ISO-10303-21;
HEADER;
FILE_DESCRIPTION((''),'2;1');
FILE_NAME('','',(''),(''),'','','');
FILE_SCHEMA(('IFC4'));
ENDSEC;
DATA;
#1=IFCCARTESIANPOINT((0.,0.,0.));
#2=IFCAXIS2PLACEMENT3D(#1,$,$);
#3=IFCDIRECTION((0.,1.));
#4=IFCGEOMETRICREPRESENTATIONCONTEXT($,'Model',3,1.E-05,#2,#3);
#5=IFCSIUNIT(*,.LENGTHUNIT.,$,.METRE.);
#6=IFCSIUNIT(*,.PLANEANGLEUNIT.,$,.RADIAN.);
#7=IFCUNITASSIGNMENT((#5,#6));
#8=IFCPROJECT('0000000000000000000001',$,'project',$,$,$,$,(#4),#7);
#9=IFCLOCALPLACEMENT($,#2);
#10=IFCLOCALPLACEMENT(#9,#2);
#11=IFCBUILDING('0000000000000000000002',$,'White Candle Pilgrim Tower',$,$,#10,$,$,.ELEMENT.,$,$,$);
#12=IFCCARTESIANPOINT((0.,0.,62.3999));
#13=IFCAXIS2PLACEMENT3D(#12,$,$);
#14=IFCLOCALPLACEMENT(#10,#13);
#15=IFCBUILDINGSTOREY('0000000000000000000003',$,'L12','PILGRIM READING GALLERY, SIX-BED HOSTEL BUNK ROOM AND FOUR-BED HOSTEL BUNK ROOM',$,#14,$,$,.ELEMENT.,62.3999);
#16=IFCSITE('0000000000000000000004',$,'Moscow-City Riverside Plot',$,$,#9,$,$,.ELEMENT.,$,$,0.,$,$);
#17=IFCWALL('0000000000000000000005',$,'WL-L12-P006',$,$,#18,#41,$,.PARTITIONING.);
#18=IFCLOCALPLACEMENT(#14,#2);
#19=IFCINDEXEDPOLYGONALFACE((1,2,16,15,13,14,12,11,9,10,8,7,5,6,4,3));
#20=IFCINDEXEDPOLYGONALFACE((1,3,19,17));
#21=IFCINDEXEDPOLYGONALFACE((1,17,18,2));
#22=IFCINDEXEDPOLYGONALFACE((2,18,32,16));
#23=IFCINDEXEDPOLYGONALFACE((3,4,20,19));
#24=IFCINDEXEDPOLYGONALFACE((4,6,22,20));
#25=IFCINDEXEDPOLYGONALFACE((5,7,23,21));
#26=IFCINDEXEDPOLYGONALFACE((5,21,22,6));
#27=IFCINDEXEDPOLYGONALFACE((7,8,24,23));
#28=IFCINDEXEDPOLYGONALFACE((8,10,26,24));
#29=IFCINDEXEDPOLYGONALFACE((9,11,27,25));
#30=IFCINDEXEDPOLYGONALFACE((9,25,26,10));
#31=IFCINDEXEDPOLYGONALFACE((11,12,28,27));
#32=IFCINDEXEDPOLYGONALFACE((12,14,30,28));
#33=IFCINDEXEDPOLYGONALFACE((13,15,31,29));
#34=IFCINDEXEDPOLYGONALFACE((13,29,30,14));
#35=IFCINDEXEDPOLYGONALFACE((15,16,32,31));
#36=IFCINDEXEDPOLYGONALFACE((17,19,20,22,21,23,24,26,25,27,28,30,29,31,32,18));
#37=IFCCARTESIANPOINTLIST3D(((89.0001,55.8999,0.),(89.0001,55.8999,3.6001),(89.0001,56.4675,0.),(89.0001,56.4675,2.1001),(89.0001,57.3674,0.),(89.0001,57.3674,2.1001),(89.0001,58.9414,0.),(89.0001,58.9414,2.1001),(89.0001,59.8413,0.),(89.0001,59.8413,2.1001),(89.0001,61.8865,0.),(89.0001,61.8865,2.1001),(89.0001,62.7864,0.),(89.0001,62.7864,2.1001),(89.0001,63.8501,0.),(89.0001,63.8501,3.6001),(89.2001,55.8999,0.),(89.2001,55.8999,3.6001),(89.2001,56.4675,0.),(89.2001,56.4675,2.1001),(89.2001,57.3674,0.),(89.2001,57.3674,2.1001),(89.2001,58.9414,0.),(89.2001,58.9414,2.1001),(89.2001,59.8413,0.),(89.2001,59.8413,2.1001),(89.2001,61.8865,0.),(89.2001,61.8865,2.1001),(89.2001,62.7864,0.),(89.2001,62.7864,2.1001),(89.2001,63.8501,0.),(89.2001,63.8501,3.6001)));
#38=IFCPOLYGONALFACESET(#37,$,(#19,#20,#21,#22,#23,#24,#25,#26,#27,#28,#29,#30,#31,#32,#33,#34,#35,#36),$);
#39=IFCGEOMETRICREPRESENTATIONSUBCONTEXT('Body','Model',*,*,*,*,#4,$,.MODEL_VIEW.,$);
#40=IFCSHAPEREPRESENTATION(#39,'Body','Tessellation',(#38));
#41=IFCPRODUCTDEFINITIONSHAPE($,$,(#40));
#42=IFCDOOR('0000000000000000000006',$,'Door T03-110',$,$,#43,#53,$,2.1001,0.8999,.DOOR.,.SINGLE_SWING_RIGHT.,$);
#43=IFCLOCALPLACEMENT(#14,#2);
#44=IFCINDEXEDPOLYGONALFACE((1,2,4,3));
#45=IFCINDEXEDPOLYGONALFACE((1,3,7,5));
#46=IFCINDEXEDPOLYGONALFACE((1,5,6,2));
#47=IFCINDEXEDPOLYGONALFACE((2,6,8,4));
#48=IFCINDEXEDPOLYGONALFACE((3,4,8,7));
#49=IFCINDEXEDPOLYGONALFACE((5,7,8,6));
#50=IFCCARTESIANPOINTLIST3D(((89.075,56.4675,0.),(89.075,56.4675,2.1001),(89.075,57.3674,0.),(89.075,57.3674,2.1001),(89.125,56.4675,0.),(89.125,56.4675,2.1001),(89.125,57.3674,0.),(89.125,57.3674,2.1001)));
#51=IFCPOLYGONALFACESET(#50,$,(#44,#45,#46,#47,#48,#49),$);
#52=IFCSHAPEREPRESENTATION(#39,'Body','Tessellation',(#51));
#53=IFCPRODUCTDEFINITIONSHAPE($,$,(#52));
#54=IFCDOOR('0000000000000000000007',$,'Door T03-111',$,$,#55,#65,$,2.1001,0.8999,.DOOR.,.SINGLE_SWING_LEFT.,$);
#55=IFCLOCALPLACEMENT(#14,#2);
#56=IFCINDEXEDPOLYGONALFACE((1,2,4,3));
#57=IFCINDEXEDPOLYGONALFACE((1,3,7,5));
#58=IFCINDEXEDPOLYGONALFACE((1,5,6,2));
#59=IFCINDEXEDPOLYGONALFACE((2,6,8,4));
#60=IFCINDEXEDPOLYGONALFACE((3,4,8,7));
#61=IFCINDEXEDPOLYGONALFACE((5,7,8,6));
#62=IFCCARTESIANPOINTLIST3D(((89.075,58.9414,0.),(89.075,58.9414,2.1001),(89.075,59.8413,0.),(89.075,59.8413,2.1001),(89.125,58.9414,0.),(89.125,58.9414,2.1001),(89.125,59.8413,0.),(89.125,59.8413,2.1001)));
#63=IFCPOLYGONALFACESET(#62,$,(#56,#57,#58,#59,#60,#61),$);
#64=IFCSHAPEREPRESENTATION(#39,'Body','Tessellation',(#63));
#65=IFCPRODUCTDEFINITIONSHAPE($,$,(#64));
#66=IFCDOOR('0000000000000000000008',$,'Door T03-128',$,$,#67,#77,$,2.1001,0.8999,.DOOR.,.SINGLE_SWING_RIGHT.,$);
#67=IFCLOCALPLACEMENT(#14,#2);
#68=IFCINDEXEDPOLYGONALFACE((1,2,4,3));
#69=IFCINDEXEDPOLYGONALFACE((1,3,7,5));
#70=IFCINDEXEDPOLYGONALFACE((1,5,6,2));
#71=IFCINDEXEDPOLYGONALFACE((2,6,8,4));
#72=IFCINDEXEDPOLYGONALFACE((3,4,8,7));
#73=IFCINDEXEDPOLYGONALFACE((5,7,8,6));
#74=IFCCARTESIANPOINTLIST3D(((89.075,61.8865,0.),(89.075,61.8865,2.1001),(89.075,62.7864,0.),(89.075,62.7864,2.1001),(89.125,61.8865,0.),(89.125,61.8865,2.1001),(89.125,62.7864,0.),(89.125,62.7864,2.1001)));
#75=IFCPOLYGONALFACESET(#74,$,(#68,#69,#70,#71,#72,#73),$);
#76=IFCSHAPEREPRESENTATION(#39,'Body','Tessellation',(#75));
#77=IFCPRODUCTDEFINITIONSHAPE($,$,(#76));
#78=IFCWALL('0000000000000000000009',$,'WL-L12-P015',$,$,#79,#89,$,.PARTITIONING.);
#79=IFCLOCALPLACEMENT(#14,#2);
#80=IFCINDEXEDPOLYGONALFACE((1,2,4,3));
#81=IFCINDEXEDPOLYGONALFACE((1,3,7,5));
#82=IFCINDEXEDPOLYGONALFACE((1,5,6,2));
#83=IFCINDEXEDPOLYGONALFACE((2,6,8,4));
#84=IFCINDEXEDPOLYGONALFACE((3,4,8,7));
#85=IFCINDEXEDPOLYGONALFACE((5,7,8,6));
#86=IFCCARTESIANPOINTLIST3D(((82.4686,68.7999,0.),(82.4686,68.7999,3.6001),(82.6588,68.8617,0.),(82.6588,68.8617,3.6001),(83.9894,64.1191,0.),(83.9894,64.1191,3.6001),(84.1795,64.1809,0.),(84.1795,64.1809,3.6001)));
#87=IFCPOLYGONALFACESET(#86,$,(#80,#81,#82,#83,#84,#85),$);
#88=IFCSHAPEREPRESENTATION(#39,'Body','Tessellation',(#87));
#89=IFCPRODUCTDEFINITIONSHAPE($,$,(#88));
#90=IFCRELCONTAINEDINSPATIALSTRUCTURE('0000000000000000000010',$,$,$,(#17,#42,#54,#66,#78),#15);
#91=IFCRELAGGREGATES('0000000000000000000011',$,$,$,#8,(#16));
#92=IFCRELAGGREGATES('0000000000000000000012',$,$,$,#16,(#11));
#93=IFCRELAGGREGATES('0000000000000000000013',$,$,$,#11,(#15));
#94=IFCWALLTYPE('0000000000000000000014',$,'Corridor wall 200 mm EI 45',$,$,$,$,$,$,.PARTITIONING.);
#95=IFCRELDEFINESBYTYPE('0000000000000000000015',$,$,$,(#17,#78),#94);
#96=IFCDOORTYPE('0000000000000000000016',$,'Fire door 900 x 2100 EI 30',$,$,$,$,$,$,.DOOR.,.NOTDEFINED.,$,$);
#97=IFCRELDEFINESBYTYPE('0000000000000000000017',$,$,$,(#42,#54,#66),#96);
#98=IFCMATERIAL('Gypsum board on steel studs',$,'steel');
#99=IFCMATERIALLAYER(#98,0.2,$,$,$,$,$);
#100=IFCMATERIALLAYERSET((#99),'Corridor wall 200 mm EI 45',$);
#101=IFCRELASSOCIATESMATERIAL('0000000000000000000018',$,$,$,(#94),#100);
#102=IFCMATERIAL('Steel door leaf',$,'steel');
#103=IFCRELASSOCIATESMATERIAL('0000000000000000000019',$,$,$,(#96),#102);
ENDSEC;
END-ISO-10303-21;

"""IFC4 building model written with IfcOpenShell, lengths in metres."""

from ifc_helpers import new_model, si_unit, direction, frame, frame_2d, origin, place, context, subcontext, project, spatial, rectangle, extrude, material, layer, layer_set, type_object, element, fill, save


model = new_model("IFC4")

# Units and contexts
model_context = context("Model", 3, precision=1e-05, world=origin(), true_north=direction((0.0, 1.0)))
body_context = subcontext(model_context, "Body", "Model", "MODEL_VIEW")
ifc_project = project(units=[si_unit("LENGTHUNIT", "METRE"), si_unit("PLANEANGLEUNIT", "RADIAN")], contexts=[model_context])

# Site, building, storey
site_placement = place(None, origin())
site = spatial("IfcSite", under=ifc_project, at=site_placement, Name="Moscow-City Riverside Plot", CompositionType="ELEMENT", RefElevation=0.0)
building_placement = place(site_placement, origin())
building = spatial("IfcBuilding", under=site, at=building_placement, Name="White Candle Pilgrim Tower", CompositionType="ELEMENT")
storey_placement = place(building_placement, frame((0.0, 0.0, 62.3999)))
storey = spatial("IfcBuildingStorey", under=building, at=storey_placement, Name="L12", Description="PILGRIM READING GALLERY, SIX-BED HOSTEL BUNK ROOM AND FOUR-BED HOSTEL BUNK ROOM", CompositionType="ELEMENT", Elevation=62.3999)

# Wall, openings, doors
ifc_material_1 = material(Name="Gypsum board on steel studs", Category="steel")
ifc_layer_1 = layer(ifc_material_1, 0.2)
ifc_layer_set_1 = layer_set([ifc_layer_1], Name="Corridor wall 200 mm EI 45")
wall_type_1 = type_object("IfcWallType", Name="Corridor wall 200 mm EI 45", PredefinedType="PARTITIONING", material=ifc_layer_set_1)
wall_1_placement = place(storey_placement, frame((89.1001, 63.8501, 0.0), z_axis=(0.0, 0.0, 1.0), x_axis=(0.0, -1.0, 0.0)))
wall_1 = element("IfcWall", 1, at=wall_1_placement, inside=storey, type_object=wall_type_1, Name="WL-L12-P006", PredefinedType="PARTITIONING", context=body_context, shape_type="SweptSolid", body=[
    extrude(rectangle(XDim=7.9502, YDim=0.2, at=frame_2d((3.9751, 0.0))), origin(), (0.0, 0.0, 1.0), 3.6001),
])
opening_1_placement = place(wall_1_placement, frame((6.4827, 0.0, 0.0)))
opening_1 = element("IfcOpeningElement", 2, at=opening_1_placement, cuts=wall_1, PredefinedType="OPENING", context=body_context, shape_type="SweptSolid", body=[
    extrude(rectangle(XDim=0.8999, YDim=2.1001, at=frame_2d((0.45, 1.05))), frame((0.0, 0.1099, 0.0), z_axis=(0.0, -1.0, 0.0), x_axis=(1.0, 0.0, 0.0)), (0.0, 0.0, 1.0), 0.22),
])
opening_2_placement = place(wall_1_placement, frame((4.0088, 0.0, 0.0)))
opening_2 = element("IfcOpeningElement", 3, at=opening_2_placement, cuts=wall_1, PredefinedType="OPENING", context=body_context, shape_type="SweptSolid", body=[
    extrude(rectangle(XDim=0.8999, YDim=2.1001, at=frame_2d((0.45, 1.05))), frame((0.0, 0.1099, 0.0), z_axis=(0.0, -1.0, 0.0), x_axis=(1.0, 0.0, 0.0)), (0.0, 0.0, 1.0), 0.22),
])
opening_3_placement = place(wall_1_placement, frame((1.0637, 0.0, 0.0)))
opening_3 = element("IfcOpeningElement", 4, at=opening_3_placement, cuts=wall_1, PredefinedType="OPENING", context=body_context, shape_type="SweptSolid", body=[
    extrude(rectangle(XDim=0.8999, YDim=2.1001, at=frame_2d((0.45, 1.05))), frame((0.0, 0.1099, 0.0), z_axis=(0.0, -1.0, 0.0), x_axis=(1.0, 0.0, 0.0)), (0.0, 0.0, 1.0), 0.22),
])
ifc_material_2 = material(Name="Steel door leaf", Category="steel")
door_type_1 = type_object("IfcDoorType", Name="Fire door 900 x 2100 EI 30", OperationType="NOTDEFINED", PredefinedType="DOOR", material=ifc_material_2)
door_1_placement = place(opening_1_placement, origin())
door_1 = element("IfcDoor", 5, at=door_1_placement, inside=storey, type_object=door_type_1, Name="Door T03-110", OperationType="SINGLE_SWING_RIGHT", OverallHeight=2.1001, OverallWidth=0.8999, PredefinedType="DOOR", context=body_context, shape_type="SweptSolid", body=[
    extrude(rectangle(XDim=0.8999, YDim=2.1001, at=frame_2d((0.45, 1.05))), frame((0.0, 0.0249, 0.0), z_axis=(0.0, -1.0, 0.0), x_axis=(1.0, 0.0, 0.0)), (0.0, 0.0, 1.0), 0.05),
])
fill(opening_1, door_1)
door_2_placement = place(opening_2_placement, origin())
door_2 = element("IfcDoor", 6, at=door_2_placement, inside=storey, type_object=door_type_1, Name="Door T03-111", OperationType="SINGLE_SWING_LEFT", OverallHeight=2.1001, OverallWidth=0.8999, PredefinedType="DOOR", context=body_context, shape_type="SweptSolid", body=[
    extrude(rectangle(XDim=0.8999, YDim=2.1001, at=frame_2d((0.45, 1.05))), frame((0.0, 0.0249, 0.0), z_axis=(0.0, -1.0, 0.0), x_axis=(1.0, 0.0, 0.0)), (0.0, 0.0, 1.0), 0.05),
])
fill(opening_2, door_2)
door_3_placement = place(opening_3_placement, origin())
door_3 = element("IfcDoor", 7, at=door_3_placement, inside=storey, type_object=door_type_1, Name="Door T03-128", OperationType="SINGLE_SWING_RIGHT", OverallHeight=2.1001, OverallWidth=0.8999, PredefinedType="DOOR", context=body_context, shape_type="SweptSolid", body=[
    extrude(rectangle(XDim=0.8999, YDim=2.1001, at=frame_2d((0.45, 1.05))), frame((0.0, 0.0249, 0.0), z_axis=(0.0, -1.0, 0.0), x_axis=(1.0, 0.0, 0.0)), (0.0, 0.0, 1.0), 0.05),
])
fill(opening_3, door_3)

# Wall
wall_2_placement = place(storey_placement, frame((84.0845, 64.1499, 0.0), z_axis=(0.0, 0.0, 1.0), x_axis=(-0.308986, 0.951067, 0.0)))
element("IfcWall", 8, at=wall_2_placement, inside=storey, type_object=wall_type_1, Name="WL-L12-P015", PredefinedType="PARTITIONING", context=body_context, shape_type="SweptSolid", body=[
    extrude(rectangle(XDim=4.9216, YDim=0.2, at=frame_2d((2.4609, 0.0))), origin(), (0.0, 0.0, 1.0), 3.6001),
])

save(model, "model.ifc")
